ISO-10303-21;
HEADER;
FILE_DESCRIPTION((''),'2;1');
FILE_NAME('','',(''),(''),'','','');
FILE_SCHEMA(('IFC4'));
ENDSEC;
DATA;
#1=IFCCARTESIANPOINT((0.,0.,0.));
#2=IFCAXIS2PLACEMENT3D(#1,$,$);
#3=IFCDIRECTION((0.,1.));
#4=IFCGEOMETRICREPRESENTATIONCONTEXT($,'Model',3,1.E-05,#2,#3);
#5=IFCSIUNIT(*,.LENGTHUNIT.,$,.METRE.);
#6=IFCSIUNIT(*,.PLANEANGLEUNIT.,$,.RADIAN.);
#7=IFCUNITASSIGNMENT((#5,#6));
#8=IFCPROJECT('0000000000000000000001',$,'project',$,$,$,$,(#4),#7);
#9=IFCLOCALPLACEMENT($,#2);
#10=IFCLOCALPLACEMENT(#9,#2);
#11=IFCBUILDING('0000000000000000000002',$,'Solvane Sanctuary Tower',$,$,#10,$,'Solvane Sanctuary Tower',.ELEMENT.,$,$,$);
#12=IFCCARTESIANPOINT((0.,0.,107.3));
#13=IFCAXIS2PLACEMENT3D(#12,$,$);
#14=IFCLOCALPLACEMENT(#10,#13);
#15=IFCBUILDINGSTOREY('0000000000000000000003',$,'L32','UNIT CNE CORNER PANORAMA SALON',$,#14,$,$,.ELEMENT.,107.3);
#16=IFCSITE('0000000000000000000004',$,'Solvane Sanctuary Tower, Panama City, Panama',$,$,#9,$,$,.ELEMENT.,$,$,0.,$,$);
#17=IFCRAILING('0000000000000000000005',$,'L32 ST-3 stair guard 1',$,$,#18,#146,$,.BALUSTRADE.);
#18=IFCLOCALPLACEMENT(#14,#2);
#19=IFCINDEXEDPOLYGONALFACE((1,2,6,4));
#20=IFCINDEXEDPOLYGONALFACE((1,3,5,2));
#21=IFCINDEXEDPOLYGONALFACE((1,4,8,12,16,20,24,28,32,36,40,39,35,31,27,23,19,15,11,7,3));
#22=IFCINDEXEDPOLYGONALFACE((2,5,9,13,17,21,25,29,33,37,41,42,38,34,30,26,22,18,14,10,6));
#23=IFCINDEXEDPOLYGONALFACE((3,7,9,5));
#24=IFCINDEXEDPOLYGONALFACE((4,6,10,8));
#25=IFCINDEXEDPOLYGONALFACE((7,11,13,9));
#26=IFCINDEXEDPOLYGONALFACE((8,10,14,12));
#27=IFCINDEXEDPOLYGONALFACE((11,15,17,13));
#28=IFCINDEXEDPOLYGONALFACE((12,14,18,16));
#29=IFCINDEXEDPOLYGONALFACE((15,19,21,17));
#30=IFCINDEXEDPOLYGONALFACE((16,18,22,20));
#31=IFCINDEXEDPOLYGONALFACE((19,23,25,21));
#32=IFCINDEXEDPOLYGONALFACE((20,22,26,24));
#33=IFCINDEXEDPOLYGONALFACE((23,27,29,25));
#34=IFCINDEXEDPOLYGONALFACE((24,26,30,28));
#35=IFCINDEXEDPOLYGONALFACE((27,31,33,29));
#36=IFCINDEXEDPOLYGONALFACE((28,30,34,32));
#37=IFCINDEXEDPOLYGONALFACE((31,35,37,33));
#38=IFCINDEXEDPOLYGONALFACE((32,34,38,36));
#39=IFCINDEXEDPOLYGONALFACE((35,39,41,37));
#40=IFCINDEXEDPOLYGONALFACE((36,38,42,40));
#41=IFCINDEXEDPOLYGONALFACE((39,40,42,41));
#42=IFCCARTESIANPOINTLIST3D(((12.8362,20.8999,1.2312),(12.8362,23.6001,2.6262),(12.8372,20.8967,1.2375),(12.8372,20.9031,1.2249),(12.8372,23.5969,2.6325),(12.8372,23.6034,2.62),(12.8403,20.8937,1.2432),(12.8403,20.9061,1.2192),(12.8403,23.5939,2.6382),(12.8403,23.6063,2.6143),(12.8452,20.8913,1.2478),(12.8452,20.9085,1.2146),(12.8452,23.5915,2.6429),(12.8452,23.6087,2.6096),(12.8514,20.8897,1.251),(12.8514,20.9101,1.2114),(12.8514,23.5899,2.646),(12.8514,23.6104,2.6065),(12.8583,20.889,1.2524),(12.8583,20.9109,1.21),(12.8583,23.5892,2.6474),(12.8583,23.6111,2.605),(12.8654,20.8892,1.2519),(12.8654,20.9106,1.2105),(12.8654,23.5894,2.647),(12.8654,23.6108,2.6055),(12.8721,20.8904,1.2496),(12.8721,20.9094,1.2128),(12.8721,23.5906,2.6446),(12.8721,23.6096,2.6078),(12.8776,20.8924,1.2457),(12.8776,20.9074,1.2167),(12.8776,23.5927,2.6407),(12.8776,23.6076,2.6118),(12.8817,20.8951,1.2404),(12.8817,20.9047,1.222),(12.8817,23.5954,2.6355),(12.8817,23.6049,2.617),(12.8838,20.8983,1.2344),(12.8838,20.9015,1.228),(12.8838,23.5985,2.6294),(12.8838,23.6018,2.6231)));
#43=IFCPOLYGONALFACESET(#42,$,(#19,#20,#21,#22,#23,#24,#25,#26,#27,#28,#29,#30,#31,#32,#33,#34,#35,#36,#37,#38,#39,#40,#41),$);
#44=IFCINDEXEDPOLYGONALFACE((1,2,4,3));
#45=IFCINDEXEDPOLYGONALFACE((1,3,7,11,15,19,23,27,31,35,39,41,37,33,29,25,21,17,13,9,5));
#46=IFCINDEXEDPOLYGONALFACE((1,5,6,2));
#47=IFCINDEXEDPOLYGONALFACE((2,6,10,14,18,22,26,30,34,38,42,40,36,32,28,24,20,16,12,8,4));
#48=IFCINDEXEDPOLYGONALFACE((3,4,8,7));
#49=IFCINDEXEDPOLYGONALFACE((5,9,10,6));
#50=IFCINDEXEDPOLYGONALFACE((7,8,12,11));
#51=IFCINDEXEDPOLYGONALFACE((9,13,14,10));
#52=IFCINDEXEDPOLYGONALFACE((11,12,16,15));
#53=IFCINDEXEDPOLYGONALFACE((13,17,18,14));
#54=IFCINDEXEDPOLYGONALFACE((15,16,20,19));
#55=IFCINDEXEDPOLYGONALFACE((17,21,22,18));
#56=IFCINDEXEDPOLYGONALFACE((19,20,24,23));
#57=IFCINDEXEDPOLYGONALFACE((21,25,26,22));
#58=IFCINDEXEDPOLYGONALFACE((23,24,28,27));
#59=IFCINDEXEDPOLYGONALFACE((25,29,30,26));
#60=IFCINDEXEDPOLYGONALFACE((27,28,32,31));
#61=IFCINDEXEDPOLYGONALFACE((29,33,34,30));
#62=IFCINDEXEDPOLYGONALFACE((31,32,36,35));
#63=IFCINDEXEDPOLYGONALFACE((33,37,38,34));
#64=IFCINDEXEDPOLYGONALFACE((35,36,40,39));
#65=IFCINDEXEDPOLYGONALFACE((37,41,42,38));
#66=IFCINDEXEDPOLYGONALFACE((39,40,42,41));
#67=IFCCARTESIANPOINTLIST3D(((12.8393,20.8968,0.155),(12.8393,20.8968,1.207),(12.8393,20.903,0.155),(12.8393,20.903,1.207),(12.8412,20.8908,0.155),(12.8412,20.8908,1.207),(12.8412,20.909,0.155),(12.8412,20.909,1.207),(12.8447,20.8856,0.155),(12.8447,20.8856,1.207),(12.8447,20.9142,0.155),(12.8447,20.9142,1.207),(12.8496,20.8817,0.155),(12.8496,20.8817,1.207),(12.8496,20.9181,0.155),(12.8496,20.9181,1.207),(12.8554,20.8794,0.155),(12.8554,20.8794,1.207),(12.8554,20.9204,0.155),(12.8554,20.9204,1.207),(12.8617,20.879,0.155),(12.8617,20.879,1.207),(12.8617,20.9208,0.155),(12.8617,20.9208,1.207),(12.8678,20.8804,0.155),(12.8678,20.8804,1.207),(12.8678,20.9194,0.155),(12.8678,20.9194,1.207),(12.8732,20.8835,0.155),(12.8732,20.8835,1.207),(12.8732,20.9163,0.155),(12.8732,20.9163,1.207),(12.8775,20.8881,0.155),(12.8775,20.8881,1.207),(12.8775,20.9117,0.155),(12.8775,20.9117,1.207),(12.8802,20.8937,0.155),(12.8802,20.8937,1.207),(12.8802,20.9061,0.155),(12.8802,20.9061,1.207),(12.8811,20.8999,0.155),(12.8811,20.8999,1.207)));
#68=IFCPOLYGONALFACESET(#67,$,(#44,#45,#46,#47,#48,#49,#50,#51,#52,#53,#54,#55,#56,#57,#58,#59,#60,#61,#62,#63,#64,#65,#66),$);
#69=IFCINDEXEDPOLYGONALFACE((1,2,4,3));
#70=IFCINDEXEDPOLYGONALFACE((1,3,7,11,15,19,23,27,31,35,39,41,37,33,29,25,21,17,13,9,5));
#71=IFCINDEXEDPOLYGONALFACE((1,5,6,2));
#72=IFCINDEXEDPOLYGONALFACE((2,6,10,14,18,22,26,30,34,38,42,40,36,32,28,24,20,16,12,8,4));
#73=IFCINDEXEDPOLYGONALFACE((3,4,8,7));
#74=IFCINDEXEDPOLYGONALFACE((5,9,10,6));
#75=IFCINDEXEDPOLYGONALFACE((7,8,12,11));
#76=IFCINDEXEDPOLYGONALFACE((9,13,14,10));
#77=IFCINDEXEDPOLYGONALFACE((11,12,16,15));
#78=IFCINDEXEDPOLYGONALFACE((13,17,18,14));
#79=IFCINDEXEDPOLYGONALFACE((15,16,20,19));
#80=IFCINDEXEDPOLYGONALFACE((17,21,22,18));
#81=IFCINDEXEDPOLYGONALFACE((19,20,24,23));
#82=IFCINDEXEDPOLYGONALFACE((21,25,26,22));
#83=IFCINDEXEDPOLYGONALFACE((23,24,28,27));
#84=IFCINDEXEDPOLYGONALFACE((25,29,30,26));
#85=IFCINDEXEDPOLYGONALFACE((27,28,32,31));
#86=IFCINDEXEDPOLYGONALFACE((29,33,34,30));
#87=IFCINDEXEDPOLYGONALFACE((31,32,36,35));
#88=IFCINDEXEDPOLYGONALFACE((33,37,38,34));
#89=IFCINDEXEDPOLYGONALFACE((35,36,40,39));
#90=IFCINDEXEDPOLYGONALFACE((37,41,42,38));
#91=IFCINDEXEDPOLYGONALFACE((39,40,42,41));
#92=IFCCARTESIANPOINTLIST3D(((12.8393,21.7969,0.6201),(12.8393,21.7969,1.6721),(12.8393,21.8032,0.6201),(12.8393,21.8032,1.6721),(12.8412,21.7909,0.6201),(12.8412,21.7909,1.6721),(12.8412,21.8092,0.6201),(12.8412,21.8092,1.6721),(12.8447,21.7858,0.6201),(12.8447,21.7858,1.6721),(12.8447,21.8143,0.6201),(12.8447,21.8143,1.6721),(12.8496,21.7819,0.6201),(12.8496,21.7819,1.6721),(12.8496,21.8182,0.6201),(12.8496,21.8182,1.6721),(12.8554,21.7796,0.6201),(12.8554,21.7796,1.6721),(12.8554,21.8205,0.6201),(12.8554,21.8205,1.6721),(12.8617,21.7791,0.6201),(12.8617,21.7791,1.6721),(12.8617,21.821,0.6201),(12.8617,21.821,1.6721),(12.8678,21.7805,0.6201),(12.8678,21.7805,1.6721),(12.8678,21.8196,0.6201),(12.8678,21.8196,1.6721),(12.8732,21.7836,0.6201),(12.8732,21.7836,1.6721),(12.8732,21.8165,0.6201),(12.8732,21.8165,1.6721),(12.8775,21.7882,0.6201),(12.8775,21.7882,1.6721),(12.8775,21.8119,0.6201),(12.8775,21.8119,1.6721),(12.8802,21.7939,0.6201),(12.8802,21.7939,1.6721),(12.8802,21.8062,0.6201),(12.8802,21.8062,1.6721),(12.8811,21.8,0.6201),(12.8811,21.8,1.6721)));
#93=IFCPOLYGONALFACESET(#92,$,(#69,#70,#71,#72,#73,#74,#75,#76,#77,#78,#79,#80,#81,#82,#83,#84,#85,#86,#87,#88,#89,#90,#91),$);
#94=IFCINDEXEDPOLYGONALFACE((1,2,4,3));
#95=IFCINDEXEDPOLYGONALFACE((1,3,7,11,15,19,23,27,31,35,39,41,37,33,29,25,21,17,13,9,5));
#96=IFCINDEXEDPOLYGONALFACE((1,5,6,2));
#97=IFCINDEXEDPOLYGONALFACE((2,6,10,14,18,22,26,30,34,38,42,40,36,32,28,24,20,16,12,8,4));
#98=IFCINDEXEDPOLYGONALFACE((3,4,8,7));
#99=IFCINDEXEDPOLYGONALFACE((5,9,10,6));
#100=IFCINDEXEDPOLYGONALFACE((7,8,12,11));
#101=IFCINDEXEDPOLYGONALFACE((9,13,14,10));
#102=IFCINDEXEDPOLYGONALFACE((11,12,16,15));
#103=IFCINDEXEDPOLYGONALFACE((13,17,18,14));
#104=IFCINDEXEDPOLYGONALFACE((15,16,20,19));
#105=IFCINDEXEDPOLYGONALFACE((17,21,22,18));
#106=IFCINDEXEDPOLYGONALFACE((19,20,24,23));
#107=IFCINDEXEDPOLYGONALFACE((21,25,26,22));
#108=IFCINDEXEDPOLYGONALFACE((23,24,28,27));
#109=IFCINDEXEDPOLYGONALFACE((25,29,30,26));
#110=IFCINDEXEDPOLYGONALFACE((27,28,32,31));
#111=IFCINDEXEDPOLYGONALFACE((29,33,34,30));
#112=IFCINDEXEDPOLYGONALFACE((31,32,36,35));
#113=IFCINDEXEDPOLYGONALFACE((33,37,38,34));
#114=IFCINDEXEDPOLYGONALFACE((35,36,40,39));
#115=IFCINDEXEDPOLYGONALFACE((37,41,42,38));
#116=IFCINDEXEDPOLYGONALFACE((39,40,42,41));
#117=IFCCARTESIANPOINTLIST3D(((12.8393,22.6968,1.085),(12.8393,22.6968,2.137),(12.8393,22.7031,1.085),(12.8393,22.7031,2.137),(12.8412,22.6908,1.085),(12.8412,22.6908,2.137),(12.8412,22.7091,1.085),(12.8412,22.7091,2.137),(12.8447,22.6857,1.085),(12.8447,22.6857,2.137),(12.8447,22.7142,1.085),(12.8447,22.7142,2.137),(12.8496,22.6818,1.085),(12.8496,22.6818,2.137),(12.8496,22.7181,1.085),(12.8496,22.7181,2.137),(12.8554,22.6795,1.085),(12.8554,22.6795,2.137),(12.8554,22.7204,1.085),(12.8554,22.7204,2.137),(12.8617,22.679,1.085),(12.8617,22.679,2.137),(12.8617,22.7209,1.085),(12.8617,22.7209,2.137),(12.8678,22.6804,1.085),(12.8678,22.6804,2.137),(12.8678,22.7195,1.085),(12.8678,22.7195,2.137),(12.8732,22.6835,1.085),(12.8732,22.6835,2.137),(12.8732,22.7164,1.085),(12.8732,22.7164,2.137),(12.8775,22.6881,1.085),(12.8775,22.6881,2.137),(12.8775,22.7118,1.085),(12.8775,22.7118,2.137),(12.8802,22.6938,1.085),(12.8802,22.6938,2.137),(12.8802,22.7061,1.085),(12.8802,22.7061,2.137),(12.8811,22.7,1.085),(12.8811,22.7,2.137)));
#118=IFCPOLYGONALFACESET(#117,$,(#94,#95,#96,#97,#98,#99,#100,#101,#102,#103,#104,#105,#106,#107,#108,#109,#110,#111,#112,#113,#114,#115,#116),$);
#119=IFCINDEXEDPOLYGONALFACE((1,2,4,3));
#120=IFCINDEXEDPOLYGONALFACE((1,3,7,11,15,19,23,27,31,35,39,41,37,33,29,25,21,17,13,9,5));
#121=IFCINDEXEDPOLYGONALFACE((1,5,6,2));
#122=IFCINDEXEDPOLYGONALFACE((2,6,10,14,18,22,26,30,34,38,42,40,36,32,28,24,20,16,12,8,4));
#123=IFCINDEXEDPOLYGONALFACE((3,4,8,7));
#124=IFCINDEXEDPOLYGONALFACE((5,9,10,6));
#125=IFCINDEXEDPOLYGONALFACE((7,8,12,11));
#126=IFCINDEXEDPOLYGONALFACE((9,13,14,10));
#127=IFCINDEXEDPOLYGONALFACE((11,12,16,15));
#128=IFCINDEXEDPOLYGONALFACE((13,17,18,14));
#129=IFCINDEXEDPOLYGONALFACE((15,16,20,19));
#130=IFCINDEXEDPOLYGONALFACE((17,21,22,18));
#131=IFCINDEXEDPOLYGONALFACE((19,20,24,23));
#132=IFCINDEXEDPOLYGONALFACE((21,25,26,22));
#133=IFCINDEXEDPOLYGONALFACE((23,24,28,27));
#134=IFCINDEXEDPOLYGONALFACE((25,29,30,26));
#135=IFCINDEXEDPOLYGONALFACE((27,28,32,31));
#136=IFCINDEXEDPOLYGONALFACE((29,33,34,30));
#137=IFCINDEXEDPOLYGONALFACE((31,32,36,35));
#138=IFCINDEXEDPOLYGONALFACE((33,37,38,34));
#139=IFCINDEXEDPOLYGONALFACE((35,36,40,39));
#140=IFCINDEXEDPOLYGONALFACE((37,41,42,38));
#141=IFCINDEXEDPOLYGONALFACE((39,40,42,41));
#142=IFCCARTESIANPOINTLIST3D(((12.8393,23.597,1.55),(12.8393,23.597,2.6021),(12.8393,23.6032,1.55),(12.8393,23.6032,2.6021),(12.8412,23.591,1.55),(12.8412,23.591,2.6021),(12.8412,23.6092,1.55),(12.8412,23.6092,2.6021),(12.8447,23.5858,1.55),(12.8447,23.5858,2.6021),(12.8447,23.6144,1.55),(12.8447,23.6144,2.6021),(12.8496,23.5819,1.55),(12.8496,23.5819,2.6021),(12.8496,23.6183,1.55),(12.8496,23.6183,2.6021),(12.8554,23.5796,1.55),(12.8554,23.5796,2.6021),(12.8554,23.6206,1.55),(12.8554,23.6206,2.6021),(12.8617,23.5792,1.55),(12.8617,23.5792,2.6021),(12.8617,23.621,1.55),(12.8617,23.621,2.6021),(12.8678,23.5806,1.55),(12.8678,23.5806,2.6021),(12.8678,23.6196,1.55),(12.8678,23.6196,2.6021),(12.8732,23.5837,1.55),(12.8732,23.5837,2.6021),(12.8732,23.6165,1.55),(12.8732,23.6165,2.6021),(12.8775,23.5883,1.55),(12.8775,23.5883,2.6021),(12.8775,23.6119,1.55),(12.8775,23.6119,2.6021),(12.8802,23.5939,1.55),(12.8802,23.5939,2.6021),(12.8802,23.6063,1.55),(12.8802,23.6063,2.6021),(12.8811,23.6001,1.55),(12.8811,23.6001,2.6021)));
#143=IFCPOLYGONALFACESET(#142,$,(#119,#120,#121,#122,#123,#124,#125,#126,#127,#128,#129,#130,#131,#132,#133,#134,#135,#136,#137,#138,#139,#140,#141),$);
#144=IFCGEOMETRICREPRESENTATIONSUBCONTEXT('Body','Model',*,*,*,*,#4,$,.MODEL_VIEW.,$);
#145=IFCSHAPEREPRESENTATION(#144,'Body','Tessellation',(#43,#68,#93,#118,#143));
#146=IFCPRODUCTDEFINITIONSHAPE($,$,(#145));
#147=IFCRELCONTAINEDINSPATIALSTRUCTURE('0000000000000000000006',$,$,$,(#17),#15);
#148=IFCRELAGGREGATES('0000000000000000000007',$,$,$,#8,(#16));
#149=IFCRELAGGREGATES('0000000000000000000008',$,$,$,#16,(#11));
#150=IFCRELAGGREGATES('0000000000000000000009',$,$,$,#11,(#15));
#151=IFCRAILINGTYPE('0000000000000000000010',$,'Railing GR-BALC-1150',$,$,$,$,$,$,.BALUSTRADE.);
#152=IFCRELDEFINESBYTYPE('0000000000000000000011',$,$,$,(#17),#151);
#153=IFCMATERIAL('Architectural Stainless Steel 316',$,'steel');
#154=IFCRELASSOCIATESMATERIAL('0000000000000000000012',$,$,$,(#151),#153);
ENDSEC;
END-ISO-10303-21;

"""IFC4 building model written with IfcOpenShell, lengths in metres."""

from ifc_helpers import new_model, si_unit, direction, frame, origin, origin_2d, place, context, subcontext, project, spatial, circle, extrude, material, type_object, element, save


model = new_model("IFC4")

# Units and contexts
model_context = context("Model", 3, precision=1e-05, world=origin(), true_north=direction((0.0, 1.0)))
body_context = subcontext(model_context, "Body", "Model", "MODEL_VIEW")
ifc_project = project(units=[si_unit("LENGTHUNIT", "METRE"), si_unit("PLANEANGLEUNIT", "RADIAN")], contexts=[model_context])

# Site, building, storey
site_placement = place(None, origin())
site = spatial("IfcSite", under=ifc_project, at=site_placement, Name="Solvane Sanctuary Tower, Panama City, Panama", CompositionType="ELEMENT", RefElevation=0.0)
building_placement = place(site_placement, origin())
building = spatial("IfcBuilding", under=site, at=building_placement, Name="Solvane Sanctuary Tower", LongName="Solvane Sanctuary Tower", CompositionType="ELEMENT")
storey_placement = place(building_placement, frame((0.0, 0.0, 107.3)))
storey = spatial("IfcBuildingStorey", under=building, at=storey_placement, Name="L32", Description="UNIT CNE CORNER PANORAMA SALON", CompositionType="ELEMENT", Elevation=107.3)

# Railing
ifc_material_1 = material(Name="Architectural Stainless Steel 316", Category="steel")
railing_type_1 = type_object("IfcRailingType", Name="Railing GR-BALC-1150", PredefinedType="BALUSTRADE", material=ifc_material_1)
railing_1_placement = place(storey_placement, frame((12.8601, 20.8999, 0.155)))
element("IfcRailing", 1, at=railing_1_placement, inside=storey, type_object=railing_type_1, Name="L32 ST-3 stair guard 1", PredefinedType="BALUSTRADE", context=body_context, shape_type="SweptSolid", body=[
    extrude(circle(Radius=0.0239, at=origin_2d()), frame((0.0, 0.0, 1.0762), z_axis=(0.0, 0.888437, 0.458999), x_axis=(-1.0, 0.0, 0.0)), (0.0, 0.0, 1.0), 3.0393),
    extrude(circle(Radius=0.021, at=origin_2d()), origin(), (0.0, 0.0, 1.0), 1.052),
    extrude(circle(Radius=0.021, at=origin_2d()), frame((0.0, 0.9001, 0.4651)), (0.0, 0.0, 1.0), 1.052),
    extrude(circle(Radius=0.021, at=origin_2d()), frame((0.0, 1.8, 0.9299)), (0.0, 0.0, 1.0), 1.052),
    extrude(circle(Radius=0.021, at=origin_2d()), frame((0.0, 2.7002, 1.395)), (0.0, 0.0, 1.0), 1.052),
])

save(model, "model.ifc")
